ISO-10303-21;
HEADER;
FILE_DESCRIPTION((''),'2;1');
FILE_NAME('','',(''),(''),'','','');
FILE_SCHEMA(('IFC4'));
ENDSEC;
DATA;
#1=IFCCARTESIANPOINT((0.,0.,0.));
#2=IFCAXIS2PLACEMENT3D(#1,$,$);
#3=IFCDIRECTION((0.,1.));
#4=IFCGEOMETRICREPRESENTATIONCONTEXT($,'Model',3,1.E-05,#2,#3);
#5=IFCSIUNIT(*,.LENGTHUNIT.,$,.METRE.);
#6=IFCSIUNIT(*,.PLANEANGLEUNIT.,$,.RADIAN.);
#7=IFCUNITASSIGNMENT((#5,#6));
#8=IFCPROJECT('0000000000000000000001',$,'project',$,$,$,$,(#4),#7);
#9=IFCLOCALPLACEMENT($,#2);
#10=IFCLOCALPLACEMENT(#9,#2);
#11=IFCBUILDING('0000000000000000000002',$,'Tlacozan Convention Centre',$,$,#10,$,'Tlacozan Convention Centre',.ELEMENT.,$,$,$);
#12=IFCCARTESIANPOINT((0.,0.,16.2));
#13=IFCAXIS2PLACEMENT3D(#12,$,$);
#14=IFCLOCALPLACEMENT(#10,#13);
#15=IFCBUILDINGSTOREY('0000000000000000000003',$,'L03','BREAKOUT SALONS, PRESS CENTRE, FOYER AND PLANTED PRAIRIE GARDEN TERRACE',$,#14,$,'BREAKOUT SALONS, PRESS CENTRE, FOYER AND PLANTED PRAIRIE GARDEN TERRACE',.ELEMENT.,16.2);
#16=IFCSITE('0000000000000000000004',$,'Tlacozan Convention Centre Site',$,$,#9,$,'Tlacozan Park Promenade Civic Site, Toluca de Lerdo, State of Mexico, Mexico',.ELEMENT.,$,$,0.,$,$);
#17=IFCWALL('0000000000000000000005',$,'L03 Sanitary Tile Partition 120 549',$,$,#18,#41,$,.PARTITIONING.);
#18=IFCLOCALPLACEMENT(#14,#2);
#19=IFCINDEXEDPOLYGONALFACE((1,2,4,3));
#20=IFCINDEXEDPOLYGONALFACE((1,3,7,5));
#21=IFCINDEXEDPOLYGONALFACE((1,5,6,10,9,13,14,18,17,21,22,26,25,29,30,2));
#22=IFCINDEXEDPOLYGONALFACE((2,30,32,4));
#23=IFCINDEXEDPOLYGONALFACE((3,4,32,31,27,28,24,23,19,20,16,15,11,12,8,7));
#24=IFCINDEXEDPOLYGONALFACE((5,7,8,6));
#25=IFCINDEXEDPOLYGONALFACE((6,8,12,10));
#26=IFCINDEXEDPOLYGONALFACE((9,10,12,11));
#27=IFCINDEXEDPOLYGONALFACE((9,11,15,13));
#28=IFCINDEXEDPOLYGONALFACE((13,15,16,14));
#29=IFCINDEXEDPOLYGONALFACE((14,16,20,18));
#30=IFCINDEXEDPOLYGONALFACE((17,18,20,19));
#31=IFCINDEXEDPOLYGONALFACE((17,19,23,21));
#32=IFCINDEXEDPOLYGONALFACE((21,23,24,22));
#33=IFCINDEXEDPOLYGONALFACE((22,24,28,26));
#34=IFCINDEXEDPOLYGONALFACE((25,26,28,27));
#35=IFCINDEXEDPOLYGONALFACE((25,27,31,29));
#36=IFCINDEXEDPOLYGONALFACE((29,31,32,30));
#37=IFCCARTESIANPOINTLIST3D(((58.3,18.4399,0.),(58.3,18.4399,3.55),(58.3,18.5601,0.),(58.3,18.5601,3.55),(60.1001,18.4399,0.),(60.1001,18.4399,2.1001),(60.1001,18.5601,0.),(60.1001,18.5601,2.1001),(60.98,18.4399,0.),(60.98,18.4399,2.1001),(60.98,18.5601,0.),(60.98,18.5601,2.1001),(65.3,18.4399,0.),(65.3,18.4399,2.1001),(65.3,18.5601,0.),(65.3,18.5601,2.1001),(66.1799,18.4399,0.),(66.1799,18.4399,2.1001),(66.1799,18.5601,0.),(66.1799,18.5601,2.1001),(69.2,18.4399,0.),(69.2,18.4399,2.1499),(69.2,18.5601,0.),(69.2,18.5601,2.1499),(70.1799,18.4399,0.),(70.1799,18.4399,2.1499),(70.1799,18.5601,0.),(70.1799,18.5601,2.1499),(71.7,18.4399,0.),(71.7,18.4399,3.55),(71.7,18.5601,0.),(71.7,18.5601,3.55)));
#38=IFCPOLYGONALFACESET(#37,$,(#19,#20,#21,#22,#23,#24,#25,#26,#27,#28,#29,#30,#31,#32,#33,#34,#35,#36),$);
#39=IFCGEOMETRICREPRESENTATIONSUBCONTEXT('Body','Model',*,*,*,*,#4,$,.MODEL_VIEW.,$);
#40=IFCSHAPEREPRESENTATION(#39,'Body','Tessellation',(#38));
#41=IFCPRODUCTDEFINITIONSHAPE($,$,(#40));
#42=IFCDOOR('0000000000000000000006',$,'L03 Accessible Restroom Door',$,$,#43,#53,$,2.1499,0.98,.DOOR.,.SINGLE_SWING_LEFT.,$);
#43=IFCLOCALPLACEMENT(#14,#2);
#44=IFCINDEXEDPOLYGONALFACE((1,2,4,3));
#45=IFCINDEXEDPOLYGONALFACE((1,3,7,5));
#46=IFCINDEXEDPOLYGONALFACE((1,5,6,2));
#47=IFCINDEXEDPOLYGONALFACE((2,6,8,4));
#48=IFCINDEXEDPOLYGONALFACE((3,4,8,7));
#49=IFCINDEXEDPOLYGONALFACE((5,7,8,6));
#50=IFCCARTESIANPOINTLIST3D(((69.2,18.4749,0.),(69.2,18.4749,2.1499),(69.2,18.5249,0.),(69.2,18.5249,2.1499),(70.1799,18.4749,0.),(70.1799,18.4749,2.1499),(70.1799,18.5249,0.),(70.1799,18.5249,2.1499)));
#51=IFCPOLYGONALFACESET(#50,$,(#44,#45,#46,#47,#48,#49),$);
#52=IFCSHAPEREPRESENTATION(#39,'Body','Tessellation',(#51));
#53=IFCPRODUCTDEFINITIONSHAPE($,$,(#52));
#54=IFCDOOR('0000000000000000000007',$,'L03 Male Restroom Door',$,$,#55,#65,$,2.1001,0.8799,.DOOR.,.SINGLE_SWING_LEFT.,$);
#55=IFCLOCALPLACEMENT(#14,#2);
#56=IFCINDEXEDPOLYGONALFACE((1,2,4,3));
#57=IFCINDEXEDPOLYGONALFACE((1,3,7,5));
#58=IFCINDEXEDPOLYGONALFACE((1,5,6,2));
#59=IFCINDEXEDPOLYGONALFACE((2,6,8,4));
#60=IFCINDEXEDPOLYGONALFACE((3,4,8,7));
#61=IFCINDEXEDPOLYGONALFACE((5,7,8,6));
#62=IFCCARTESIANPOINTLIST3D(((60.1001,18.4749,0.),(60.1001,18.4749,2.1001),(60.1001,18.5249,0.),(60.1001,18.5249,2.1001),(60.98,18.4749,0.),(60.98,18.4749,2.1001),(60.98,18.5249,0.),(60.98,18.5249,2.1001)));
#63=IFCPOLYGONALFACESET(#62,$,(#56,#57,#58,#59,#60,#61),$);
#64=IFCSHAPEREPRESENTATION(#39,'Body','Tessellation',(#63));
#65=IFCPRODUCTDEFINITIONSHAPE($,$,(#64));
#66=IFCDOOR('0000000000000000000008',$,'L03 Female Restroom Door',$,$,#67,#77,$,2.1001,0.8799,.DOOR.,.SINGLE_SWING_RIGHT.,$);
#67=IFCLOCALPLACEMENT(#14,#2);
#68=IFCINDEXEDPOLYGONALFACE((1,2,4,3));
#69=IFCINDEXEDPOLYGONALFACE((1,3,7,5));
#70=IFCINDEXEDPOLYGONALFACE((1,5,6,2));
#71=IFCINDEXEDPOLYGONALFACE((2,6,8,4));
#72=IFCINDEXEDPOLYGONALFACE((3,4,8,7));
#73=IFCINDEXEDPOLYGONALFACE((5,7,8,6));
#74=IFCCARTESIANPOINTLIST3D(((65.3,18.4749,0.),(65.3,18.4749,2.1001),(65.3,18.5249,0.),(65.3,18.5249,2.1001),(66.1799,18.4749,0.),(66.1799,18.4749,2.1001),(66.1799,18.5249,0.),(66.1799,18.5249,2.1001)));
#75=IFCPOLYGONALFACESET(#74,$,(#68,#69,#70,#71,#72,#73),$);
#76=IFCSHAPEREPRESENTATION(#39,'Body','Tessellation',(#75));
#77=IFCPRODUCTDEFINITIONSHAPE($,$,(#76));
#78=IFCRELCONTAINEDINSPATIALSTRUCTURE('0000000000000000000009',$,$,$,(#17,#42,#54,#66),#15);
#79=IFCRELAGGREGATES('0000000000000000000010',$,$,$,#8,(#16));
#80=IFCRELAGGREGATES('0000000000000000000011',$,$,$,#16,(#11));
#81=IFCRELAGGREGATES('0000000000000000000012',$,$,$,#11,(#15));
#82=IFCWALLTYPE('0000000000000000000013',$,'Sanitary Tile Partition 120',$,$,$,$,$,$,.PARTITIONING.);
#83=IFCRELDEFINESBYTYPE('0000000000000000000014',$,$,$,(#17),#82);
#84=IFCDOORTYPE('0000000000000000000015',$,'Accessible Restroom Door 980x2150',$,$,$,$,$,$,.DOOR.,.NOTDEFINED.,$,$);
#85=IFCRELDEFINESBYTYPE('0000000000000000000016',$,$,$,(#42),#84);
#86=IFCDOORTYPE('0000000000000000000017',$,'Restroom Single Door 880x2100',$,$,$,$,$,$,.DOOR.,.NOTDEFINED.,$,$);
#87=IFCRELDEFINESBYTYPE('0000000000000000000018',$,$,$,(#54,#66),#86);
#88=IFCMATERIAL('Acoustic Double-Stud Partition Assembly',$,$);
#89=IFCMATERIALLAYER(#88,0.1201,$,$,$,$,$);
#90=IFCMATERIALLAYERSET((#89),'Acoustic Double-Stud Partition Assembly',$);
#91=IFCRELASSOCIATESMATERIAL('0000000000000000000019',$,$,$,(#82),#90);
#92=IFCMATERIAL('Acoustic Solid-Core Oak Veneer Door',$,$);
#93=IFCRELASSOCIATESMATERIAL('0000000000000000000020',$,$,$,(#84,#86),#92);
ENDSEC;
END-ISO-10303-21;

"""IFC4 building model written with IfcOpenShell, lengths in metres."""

from ifc_helpers import new_model, si_unit, direction, frame, frame_2d, origin, place, context, subcontext, project, spatial, rectangle, extrude, material, layer, layer_set, type_object, element, fill, save


model = new_model("IFC4")

# Units and contexts
model_context = context("Model", 3, precision=1e-05, world=origin(), true_north=direction((0.0, 1.0)))
body_context = subcontext(model_context, "Body", "Model", "MODEL_VIEW")
ifc_project = project(units=[si_unit("LENGTHUNIT", "METRE"), si_unit("PLANEANGLEUNIT", "RADIAN")], contexts=[model_context])

# Site, building, storey
site_placement = place(None, origin())
site = spatial("IfcSite", under=ifc_project, at=site_placement, Name="Tlacozan Convention Centre Site", LongName="Tlacozan Park Promenade Civic Site, Toluca de Lerdo, State of Mexico, Mexico", CompositionType="ELEMENT", RefElevation=0.0)
building_placement = place(site_placement, origin())
building = spatial("IfcBuilding", under=site, at=building_placement, Name="Tlacozan Convention Centre", LongName="Tlacozan Convention Centre", CompositionType="ELEMENT")
storey_placement = place(building_placement, frame((0.0, 0.0, 16.2)))
storey = spatial("IfcBuildingStorey", under=building, at=storey_placement, Name="L03", Description="BREAKOUT SALONS, PRESS CENTRE, FOYER AND PLANTED PRAIRIE GARDEN TERRACE", LongName="BREAKOUT SALONS, PRESS CENTRE, FOYER AND PLANTED PRAIRIE GARDEN TERRACE", CompositionType="ELEMENT", Elevation=16.2)

# Shared definitions
ifc_material_1 = material(Name="Acoustic Double-Stud Partition Assembly")

# Wall, openings, doors
ifc_layer_1 = layer(ifc_material_1, 0.1201)
ifc_layer_set_1 = layer_set([ifc_layer_1], Name="Acoustic Double-Stud Partition Assembly")
wall_type_1 = type_object("IfcWallType", Name="Sanitary Tile Partition 120", PredefinedType="PARTITIONING", material=ifc_layer_set_1)
wall_1_placement = place(storey_placement, frame((58.3, 18.5, 0.0), z_axis=(0.0, 0.0, 1.0), x_axis=(1.0, 0.0, 0.0)))
wall_1 = element("IfcWall", 1, at=wall_1_placement, inside=storey, type_object=wall_type_1, Name="L03 Sanitary Tile Partition 120 549", PredefinedType="PARTITIONING", context=body_context, shape_type="SweptSolid", body=[
    extrude(rectangle(XDim=13.3999, YDim=0.1201, at=frame_2d((6.7, 0.0))), origin(), (0.0, 0.0, 1.0), 3.55),
])
opening_1_placement = place(wall_1_placement, frame((1.8, 0.0, 0.0)))
opening_1 = element("IfcOpeningElement", 2, at=opening_1_placement, cuts=wall_1, PredefinedType="OPENING", context=body_context, shape_type="SweptSolid", body=[
    extrude(rectangle(XDim=0.8799, YDim=2.1001, at=frame_2d((0.4399, 1.05))), frame((0.0, 0.0701, 0.0), z_axis=(0.0, -1.0, 0.0), x_axis=(1.0, 0.0, 0.0)), (0.0, 0.0, 1.0), 0.1401),
])
opening_2_placement = place(wall_1_placement, frame((7.0, 0.0, 0.0)))
opening_2 = element("IfcOpeningElement", 3, at=opening_2_placement, cuts=wall_1, PredefinedType="OPENING", context=body_context, shape_type="SweptSolid", body=[
    extrude(rectangle(XDim=0.8799, YDim=2.1001, at=frame_2d((0.4399, 1.05))), frame((0.0, 0.0701, 0.0), z_axis=(0.0, -1.0, 0.0), x_axis=(1.0, 0.0, 0.0)), (0.0, 0.0, 1.0), 0.1401),
])
opening_3_placement = place(wall_1_placement, frame((10.8999, 0.0, 0.0)))
opening_3 = element("IfcOpeningElement", 4, at=opening_3_placement, cuts=wall_1, PredefinedType="OPENING", context=body_context, shape_type="SweptSolid", body=[
    extrude(rectangle(XDim=0.98, YDim=2.1499, at=frame_2d((0.49, 1.075))), frame((0.0, 0.0701, 0.0), z_axis=(0.0, -1.0, 0.0), x_axis=(1.0, 0.0, 0.0)), (0.0, 0.0, 1.0), 0.1401),
])
ifc_material_2 = material(Name="Acoustic Solid-Core Oak Veneer Door")
door_type_1 = type_object("IfcDoorType", Name="Accessible Restroom Door 980x2150", OperationType="NOTDEFINED", PredefinedType="DOOR", material=ifc_material_2)
door_1_placement = place(opening_3_placement, origin())
door_1 = element("IfcDoor", 5, at=door_1_placement, inside=storey, type_object=door_type_1, Name="L03 Accessible Restroom Door", OperationType="SINGLE_SWING_LEFT", OverallHeight=2.1499, OverallWidth=0.98, PredefinedType="DOOR", context=body_context, shape_type="SweptSolid", body=[
    extrude(rectangle(XDim=0.98, YDim=2.1499, at=frame_2d((0.49, 1.075))), frame((0.0, 0.0249, 0.0), z_axis=(0.0, -1.0, 0.0), x_axis=(1.0, 0.0, 0.0)), (0.0, 0.0, 1.0), 0.05),
])
fill(opening_3, door_1)
door_type_2 = type_object("IfcDoorType", Name="Restroom Single Door 880x2100", OperationType="NOTDEFINED", PredefinedType="DOOR", material=ifc_material_2)
door_2_placement = place(opening_1_placement, origin())
door_2 = element("IfcDoor", 6, at=door_2_placement, inside=storey, type_object=door_type_2, Name="L03 Male Restroom Door", OperationType="SINGLE_SWING_LEFT", OverallHeight=2.1001, OverallWidth=0.8799, PredefinedType="DOOR", context=body_context, shape_type="SweptSolid", body=[
    extrude(rectangle(XDim=0.8799, YDim=2.1001, at=frame_2d((0.4399, 1.05))), frame((0.0, 0.0249, 0.0), z_axis=(0.0, -1.0, 0.0), x_axis=(1.0, 0.0, 0.0)), (0.0, 0.0, 1.0), 0.05),
])
fill(opening_1, door_2)
door_3_placement = place(opening_2_placement, origin())
door_3 = element("IfcDoor", 7, at=door_3_placement, inside=storey, type_object=door_type_2, Name="L03 Female Restroom Door", OperationType="SINGLE_SWING_RIGHT", OverallHeight=2.1001, OverallWidth=0.8799, PredefinedType="DOOR", context=body_context, shape_type="SweptSolid", body=[
    extrude(rectangle(XDim=0.8799, YDim=2.1001, at=frame_2d((0.4399, 1.05))), frame((0.0, 0.0249, 0.0), z_axis=(0.0, -1.0, 0.0), x_axis=(1.0, 0.0, 0.0)), (0.0, 0.0, 1.0), 0.05),
])
fill(opening_2, door_3)

save(model, "model.ifc")
